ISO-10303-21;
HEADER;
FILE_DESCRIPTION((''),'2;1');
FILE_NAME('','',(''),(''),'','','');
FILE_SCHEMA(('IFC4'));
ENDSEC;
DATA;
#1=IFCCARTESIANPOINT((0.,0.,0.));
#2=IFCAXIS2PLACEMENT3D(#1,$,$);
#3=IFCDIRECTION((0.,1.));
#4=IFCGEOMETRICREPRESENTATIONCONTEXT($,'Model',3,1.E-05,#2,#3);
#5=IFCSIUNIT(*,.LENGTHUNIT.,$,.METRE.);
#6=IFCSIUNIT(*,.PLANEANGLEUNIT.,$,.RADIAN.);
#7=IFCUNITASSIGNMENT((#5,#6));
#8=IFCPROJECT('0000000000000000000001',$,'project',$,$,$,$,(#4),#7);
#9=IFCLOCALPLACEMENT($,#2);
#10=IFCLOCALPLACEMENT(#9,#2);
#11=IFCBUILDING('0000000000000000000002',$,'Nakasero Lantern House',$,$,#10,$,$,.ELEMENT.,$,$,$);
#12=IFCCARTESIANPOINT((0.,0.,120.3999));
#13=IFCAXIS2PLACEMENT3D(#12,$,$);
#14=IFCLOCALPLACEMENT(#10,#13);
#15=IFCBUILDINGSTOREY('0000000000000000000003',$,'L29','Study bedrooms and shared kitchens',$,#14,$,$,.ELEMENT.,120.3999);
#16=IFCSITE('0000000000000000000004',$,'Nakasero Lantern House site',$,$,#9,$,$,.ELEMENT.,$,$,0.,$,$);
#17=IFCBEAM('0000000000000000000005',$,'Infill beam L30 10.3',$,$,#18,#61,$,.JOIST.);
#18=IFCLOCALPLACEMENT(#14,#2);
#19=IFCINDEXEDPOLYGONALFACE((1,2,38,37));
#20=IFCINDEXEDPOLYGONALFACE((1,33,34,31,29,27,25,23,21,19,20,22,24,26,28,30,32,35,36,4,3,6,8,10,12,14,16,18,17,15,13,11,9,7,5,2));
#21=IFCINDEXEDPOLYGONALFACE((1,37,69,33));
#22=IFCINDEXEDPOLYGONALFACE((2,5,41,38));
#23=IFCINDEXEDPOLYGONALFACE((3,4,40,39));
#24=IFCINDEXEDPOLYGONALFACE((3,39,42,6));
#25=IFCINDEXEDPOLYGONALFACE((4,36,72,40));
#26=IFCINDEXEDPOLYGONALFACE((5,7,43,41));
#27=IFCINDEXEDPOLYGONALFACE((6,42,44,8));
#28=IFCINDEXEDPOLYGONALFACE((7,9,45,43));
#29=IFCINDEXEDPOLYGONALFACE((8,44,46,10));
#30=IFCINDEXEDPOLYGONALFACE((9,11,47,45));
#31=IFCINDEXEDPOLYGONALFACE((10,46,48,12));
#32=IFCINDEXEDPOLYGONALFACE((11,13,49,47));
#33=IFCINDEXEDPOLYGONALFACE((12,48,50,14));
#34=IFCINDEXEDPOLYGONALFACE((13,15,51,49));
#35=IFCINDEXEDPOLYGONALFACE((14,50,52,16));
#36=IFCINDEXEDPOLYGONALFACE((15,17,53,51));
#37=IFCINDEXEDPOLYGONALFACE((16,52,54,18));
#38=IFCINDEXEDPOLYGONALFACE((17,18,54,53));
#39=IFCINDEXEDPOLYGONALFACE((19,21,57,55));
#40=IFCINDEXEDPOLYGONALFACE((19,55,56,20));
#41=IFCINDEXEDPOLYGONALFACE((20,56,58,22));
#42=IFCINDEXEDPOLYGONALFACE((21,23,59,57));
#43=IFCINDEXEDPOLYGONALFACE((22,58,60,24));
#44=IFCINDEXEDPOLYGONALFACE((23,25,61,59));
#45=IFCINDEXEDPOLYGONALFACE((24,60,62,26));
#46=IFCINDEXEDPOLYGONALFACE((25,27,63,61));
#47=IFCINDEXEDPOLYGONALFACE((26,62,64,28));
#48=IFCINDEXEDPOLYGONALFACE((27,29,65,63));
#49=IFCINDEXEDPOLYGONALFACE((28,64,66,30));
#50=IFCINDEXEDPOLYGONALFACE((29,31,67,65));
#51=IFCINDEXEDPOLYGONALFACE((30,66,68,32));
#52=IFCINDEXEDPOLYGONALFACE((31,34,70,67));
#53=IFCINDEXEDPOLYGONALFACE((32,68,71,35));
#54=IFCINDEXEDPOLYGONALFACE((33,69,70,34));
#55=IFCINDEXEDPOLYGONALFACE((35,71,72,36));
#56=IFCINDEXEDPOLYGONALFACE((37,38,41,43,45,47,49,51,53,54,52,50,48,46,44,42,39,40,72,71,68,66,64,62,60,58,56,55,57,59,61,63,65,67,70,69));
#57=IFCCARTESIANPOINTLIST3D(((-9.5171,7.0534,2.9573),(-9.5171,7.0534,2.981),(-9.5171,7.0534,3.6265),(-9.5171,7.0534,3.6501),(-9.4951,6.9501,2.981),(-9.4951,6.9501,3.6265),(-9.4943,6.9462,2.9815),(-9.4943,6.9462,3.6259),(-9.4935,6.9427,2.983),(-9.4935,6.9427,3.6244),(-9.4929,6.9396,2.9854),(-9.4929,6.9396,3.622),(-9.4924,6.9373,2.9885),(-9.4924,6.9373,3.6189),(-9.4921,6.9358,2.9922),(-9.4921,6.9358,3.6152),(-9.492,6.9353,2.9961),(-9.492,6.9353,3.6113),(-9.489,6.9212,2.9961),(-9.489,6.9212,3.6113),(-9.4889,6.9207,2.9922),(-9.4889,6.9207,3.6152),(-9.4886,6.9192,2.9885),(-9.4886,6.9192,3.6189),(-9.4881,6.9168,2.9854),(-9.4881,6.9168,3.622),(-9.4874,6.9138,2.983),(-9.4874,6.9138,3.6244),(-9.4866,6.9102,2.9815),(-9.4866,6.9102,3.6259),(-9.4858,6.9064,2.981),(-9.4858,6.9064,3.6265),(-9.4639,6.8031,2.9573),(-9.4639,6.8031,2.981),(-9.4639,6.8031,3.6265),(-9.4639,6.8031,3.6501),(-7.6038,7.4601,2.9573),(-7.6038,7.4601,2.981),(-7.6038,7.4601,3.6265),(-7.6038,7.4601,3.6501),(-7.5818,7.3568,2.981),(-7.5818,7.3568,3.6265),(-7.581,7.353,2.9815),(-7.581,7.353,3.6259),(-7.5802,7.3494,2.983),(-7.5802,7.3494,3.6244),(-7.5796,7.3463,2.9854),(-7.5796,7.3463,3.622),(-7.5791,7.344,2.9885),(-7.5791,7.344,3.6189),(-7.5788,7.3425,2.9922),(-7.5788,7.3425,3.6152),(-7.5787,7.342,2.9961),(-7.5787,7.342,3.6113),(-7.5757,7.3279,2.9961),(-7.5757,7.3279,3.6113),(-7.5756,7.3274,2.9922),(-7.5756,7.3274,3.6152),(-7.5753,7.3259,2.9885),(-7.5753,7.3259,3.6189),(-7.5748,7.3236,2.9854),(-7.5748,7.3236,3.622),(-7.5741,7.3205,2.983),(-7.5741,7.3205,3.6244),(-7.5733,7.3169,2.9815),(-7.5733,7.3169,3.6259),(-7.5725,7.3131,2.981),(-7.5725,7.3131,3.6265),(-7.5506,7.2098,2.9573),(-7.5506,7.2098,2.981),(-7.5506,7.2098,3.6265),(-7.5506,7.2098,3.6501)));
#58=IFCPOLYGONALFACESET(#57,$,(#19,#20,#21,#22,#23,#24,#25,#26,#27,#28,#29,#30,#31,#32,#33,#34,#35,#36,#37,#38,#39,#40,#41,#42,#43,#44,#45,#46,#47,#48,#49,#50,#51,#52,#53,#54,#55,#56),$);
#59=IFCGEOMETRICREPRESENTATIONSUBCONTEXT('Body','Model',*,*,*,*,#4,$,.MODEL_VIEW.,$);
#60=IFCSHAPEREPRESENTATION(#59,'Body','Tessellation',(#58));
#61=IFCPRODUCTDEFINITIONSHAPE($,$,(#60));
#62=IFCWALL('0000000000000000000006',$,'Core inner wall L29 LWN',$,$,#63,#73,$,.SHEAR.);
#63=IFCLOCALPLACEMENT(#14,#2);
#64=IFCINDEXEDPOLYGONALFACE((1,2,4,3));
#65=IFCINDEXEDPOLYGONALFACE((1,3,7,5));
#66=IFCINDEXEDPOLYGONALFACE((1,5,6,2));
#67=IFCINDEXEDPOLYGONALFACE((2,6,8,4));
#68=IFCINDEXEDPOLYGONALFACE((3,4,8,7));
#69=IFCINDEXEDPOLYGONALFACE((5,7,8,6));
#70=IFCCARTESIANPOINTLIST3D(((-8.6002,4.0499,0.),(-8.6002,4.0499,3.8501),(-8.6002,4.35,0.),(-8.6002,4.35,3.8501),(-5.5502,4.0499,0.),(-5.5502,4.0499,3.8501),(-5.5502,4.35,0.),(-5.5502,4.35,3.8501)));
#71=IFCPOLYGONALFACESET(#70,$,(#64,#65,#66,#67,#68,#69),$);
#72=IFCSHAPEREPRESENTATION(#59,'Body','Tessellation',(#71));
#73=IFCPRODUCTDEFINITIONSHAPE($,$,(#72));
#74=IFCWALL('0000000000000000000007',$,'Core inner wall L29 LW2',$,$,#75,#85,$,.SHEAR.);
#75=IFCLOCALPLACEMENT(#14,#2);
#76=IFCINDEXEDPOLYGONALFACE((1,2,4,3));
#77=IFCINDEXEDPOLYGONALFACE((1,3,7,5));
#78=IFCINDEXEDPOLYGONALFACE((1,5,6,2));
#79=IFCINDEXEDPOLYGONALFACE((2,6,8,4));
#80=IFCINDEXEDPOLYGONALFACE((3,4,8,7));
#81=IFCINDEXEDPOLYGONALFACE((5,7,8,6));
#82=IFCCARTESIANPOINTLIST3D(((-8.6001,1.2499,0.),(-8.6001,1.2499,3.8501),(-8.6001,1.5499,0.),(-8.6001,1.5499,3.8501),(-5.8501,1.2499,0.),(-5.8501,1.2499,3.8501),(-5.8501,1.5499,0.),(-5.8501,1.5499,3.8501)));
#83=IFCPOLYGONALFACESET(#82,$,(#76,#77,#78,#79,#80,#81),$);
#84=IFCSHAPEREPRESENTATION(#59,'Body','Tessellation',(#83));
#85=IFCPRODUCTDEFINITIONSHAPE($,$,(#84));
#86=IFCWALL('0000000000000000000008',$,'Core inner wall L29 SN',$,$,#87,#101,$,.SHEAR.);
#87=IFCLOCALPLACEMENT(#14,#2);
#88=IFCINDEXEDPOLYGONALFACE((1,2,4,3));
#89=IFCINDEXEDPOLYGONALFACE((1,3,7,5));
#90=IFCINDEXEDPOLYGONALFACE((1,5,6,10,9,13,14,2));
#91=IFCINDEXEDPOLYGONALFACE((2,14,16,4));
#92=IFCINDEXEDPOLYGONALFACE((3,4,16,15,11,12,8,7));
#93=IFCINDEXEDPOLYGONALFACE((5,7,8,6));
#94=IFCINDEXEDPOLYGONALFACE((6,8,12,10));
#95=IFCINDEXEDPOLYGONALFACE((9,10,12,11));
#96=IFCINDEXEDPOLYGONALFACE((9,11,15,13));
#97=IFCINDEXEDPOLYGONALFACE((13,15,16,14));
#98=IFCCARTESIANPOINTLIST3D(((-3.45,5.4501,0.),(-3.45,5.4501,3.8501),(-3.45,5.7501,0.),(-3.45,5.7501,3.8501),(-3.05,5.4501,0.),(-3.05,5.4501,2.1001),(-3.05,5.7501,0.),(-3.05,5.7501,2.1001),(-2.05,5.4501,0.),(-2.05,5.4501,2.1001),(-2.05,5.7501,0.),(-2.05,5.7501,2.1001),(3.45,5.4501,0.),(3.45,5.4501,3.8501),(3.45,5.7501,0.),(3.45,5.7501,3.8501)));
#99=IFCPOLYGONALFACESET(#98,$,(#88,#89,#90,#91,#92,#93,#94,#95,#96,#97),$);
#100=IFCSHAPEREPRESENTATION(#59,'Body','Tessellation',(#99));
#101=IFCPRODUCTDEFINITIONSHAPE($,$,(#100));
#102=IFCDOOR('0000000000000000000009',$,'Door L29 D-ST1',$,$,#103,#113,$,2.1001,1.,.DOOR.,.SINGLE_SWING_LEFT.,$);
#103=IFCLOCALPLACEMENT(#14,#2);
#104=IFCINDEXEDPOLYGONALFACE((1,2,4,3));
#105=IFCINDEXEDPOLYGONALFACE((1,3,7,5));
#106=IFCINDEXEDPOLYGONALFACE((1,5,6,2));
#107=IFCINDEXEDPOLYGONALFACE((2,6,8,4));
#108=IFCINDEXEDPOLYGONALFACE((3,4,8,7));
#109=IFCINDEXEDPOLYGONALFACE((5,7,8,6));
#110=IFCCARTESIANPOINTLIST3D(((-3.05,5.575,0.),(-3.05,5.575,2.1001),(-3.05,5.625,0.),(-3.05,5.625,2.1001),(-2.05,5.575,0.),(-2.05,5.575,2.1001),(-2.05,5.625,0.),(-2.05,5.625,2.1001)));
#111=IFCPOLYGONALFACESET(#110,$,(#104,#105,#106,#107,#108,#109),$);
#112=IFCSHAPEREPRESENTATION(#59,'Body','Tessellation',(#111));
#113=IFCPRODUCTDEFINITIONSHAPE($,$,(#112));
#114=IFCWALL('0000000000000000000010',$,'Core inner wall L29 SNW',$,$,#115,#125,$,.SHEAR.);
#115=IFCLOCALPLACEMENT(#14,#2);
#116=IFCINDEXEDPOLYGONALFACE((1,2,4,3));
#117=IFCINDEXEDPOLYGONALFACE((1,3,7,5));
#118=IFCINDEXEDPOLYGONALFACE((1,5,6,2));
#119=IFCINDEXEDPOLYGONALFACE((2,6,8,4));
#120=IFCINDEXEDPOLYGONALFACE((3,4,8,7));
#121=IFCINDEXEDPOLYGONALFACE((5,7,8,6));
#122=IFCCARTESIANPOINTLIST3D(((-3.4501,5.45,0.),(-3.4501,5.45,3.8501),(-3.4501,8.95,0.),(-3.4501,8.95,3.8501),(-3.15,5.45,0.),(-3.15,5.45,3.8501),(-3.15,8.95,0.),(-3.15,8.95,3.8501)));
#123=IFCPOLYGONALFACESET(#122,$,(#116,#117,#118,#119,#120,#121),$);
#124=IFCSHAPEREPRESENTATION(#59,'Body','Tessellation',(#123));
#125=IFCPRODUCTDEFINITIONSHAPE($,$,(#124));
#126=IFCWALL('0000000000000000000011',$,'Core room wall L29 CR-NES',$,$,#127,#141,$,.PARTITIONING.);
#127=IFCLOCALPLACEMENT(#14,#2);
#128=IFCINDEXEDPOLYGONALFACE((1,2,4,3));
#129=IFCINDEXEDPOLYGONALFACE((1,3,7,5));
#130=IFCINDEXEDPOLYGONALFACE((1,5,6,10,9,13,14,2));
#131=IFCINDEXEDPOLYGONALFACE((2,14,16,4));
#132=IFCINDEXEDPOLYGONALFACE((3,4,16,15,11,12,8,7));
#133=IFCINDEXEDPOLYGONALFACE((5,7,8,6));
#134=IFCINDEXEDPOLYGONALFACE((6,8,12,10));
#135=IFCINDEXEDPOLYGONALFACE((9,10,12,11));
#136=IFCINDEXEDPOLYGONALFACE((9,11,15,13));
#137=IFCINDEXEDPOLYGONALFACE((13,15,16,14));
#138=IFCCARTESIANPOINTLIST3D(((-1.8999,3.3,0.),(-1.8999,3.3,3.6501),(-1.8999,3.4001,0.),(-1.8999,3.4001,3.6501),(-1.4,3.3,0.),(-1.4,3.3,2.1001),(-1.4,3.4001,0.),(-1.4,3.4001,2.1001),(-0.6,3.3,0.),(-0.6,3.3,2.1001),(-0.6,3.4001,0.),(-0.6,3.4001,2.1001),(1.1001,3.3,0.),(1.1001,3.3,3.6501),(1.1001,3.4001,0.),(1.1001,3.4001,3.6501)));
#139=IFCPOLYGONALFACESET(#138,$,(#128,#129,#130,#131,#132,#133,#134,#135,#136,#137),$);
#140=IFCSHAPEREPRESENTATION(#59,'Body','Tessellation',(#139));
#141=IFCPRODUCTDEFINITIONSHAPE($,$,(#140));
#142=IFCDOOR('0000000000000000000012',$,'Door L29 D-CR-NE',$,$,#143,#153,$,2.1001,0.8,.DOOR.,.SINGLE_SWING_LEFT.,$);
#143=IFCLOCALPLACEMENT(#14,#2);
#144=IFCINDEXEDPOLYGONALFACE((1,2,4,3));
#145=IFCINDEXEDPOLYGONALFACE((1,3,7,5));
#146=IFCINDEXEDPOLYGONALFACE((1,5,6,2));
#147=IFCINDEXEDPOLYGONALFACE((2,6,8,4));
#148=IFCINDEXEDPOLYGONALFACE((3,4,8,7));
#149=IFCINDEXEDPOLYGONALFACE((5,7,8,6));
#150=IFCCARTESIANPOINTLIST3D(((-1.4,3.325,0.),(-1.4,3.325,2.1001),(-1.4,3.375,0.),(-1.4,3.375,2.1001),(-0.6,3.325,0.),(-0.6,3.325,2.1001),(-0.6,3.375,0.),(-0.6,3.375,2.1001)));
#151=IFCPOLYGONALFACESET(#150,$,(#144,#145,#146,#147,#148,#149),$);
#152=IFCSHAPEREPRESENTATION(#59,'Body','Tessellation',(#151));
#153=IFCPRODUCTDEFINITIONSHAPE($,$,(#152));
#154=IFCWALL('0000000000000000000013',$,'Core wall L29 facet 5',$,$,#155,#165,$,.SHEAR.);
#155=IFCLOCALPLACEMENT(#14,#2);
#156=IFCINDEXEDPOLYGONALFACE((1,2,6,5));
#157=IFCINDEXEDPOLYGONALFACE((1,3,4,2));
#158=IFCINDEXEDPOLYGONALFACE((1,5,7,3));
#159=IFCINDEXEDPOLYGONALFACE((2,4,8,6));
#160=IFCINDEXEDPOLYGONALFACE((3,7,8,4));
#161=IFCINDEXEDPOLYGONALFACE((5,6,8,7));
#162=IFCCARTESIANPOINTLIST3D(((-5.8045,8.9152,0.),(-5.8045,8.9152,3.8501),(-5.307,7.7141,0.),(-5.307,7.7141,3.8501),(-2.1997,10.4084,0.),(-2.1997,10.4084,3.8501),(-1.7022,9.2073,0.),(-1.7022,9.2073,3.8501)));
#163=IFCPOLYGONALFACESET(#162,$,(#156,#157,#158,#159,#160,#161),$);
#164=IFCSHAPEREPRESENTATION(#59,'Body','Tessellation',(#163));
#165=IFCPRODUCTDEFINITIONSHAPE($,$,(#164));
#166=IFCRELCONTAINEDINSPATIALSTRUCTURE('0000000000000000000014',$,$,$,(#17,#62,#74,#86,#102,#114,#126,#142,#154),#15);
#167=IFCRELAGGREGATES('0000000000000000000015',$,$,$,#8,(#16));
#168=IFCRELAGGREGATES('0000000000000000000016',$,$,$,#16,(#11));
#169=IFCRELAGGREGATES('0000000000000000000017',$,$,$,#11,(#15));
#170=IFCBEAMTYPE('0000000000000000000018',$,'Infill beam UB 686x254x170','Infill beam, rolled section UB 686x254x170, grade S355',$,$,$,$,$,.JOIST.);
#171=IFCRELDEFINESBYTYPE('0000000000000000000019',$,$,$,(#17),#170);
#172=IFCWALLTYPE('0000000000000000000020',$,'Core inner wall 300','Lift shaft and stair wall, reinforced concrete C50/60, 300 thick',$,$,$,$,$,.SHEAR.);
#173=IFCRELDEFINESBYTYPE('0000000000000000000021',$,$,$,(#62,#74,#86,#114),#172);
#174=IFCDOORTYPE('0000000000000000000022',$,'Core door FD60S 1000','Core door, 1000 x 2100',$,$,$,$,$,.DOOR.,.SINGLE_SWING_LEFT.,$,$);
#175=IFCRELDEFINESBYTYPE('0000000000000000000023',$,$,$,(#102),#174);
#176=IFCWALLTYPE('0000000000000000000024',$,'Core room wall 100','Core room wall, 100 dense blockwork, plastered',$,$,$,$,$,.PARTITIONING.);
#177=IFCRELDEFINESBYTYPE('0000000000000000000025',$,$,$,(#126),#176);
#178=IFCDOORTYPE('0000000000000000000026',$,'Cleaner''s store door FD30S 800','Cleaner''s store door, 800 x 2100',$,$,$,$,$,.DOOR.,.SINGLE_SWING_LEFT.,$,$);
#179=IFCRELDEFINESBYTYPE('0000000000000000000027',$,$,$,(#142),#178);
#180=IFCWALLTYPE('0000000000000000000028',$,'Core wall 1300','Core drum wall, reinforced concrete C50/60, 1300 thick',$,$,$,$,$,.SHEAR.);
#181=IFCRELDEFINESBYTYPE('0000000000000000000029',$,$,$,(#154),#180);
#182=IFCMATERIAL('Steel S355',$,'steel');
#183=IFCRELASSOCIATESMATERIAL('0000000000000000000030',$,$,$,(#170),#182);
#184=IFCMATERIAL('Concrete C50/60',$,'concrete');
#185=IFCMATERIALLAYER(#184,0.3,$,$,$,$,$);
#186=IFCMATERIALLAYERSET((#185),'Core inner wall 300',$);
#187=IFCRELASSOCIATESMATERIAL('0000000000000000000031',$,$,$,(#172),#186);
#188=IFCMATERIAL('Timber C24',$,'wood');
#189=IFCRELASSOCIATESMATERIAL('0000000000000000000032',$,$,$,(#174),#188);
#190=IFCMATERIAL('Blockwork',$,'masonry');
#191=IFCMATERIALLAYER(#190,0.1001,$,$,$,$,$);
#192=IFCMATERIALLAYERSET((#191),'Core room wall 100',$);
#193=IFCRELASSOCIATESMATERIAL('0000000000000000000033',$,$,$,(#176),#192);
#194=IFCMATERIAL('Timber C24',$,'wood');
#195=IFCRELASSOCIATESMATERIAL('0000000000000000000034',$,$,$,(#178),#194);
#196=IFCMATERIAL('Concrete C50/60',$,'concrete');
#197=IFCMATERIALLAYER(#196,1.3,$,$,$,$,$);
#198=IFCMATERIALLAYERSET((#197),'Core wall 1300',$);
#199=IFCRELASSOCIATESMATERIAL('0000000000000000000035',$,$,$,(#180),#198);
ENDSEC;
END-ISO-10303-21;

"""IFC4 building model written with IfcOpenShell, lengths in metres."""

from ifc_helpers import new_model, si_unit, direction, frame, frame_2d, origin, origin_2d, place, context, subcontext, project, spatial, rectangle, i_section, extrude, material, layer, layer_set, material_profile, profile_set, type_object, element, fill, save


model = new_model("IFC4")

# Units and contexts
model_context = context("Model", 3, precision=1e-05, world=origin(), true_north=direction((0.0, 1.0)))
body_context = subcontext(model_context, "Body", "Model", "MODEL_VIEW")
ifc_project = project(units=[si_unit("LENGTHUNIT", "METRE"), si_unit("PLANEANGLEUNIT", "RADIAN")], contexts=[model_context])

# Site, building, storey
site_placement = place(None, origin())
site = spatial("IfcSite", under=ifc_project, at=site_placement, Name="Nakasero Lantern House site", CompositionType="ELEMENT", RefElevation=0.0)
building_placement = place(site_placement, origin())
building = spatial("IfcBuilding", under=site, at=building_placement, Name="Nakasero Lantern House", CompositionType="ELEMENT")
storey_placement = place(building_placement, frame((0.0, 0.0, 120.3999)))
storey = spatial("IfcBuildingStorey", under=building, at=storey_placement, Name="L29", Description="Study bedrooms and shared kitchens", CompositionType="ELEMENT", Elevation=120.3999)

# Beam
ifc_material_1 = material(Name="Steel S355", Category="steel")
ifc_material_profile_1 = material_profile(ifc_material_1, i_section(OverallWidth=0.2559, OverallDepth=0.6929, WebThickness=0.0144, FlangeThickness=0.0237, FilletRadius=0.0151, at=origin_2d()), Name="UB 686x254x170")
ifc_profile_set_1 = profile_set([ifc_material_profile_1], Name="Steel S355")
beam_type_1 = type_object("IfcBeamType", Name="Infill beam UB 686x254x170", Description="Infill beam, rolled section UB 686x254x170, grade S355", PredefinedType="JOIST", material=ifc_profile_set_1)
beam_1_placement = place(storey_placement, frame((-9.4905, 6.9282, 3.3037), z_axis=(0.978143, 0.207935, 0.0), x_axis=(-0.207935, 0.978143, 0.0)))
element("IfcBeam", 1, at=beam_1_placement, inside=storey, type_object=beam_type_1, Name="Infill beam L30 10.3", PredefinedType="JOIST", context=body_context, shape_type="SweptSolid", body=[
    extrude(i_section(OverallWidth=0.2559, OverallDepth=0.6929, WebThickness=0.0144, FlangeThickness=0.0237, FilletRadius=0.0151, at=origin_2d()), origin(), (0.0, 0.0, 1.0), 1.9561),
])

# Walls
ifc_material_2 = material(Name="Concrete C50/60", Category="concrete")
ifc_layer_1 = layer(ifc_material_2, 0.3)
ifc_layer_set_1 = layer_set([ifc_layer_1], Name="Core inner wall 300")
wall_type_1 = type_object("IfcWallType", Name="Core inner wall 300", Description="Lift shaft and stair wall, reinforced concrete C50/60, 300 thick", PredefinedType="SHEAR", material=ifc_layer_set_1)
wall_1_placement = place(storey_placement, frame((-8.6001, 4.2, 0.0), z_axis=(0.0, 0.0, 1.0), x_axis=(1.0, 0.0, 0.0)))
element("IfcWall", 2, at=wall_1_placement, inside=storey, type_object=wall_type_1, Name="Core inner wall L29 LWN", PredefinedType="SHEAR", context=body_context, shape_type="SweptSolid", body=[
    extrude(rectangle(XDim=3.05, YDim=0.3, at=frame_2d((1.5249, 0.0))), origin(), (0.0, 0.0, 1.0), 3.8501),
])
wall_2_placement = place(storey_placement, frame((-8.6001, 1.3999, 0.0), z_axis=(0.0, 0.0, 1.0), x_axis=(1.0, 0.0, 0.0)))
element("IfcWall", 3, at=wall_2_placement, inside=storey, type_object=wall_type_1, Name="Core inner wall L29 LW2", PredefinedType="SHEAR", context=body_context, shape_type="SweptSolid", body=[
    extrude(rectangle(XDim=2.75, YDim=0.3, at=frame_2d((1.375, 0.0))), origin(), (0.0, 0.0, 1.0), 3.8501),
])

# Wall, opening, door
wall_3_placement = place(storey_placement, frame((-3.45, 5.6001, 0.0), z_axis=(0.0, 0.0, 1.0), x_axis=(1.0, 0.0, 0.0)))
wall_3 = element("IfcWall", 4, at=wall_3_placement, inside=storey, type_object=wall_type_1, Name="Core inner wall L29 SN", PredefinedType="SHEAR", context=body_context, shape_type="SweptSolid", body=[
    extrude(rectangle(XDim=6.8999, YDim=0.3, at=frame_2d((3.45, 0.0))), origin(), (0.0, 0.0, 1.0), 3.8501),
])
opening_1_placement = place(wall_3_placement, frame((0.3999, 0.0, 0.0)))
opening_1 = element("IfcOpeningElement", 5, at=opening_1_placement, cuts=wall_3, PredefinedType="OPENING", context=body_context, shape_type="SweptSolid", body=[
    extrude(rectangle(XDim=1.0, YDim=2.1001, at=frame_2d((0.5, 1.05))), frame((0.0, 0.1699, 0.0), z_axis=(0.0, -1.0, 0.0), x_axis=(1.0, 0.0, 0.0)), (0.0, 0.0, 1.0), 0.3401),
])
ifc_material_3 = material(Name="Timber C24", Category="wood")
door_type_1 = type_object("IfcDoorType", Name="Core door FD60S 1000", Description="Core door, 1000 x 2100", OperationType="SINGLE_SWING_LEFT", PredefinedType="DOOR", material=ifc_material_3)
door_1_placement = place(opening_1_placement, origin())
door_1 = element("IfcDoor", 6, at=door_1_placement, inside=storey, type_object=door_type_1, Name="Door L29 D-ST1", OperationType="SINGLE_SWING_LEFT", OverallHeight=2.1001, OverallWidth=1.0, PredefinedType="DOOR", context=body_context, shape_type="SweptSolid", body=[
    extrude(rectangle(XDim=1.0, YDim=2.1001, at=frame_2d((0.5, 1.05))), frame((0.0, 0.0249, 0.0), z_axis=(0.0, -1.0, 0.0), x_axis=(1.0, 0.0, 0.0)), (0.0, 0.0, 1.0), 0.05),
])
fill(opening_1, door_1)

# Wall
wall_4_placement = place(storey_placement, frame((-3.3, 5.45, 0.0), z_axis=(0.0, 0.0, 1.0), x_axis=(0.0, 1.0, 0.0)))
element("IfcWall", 7, at=wall_4_placement, inside=storey, type_object=wall_type_1, Name="Core inner wall L29 SNW", PredefinedType="SHEAR", context=body_context, shape_type="SweptSolid", body=[
    extrude(rectangle(XDim=3.5, YDim=0.3, at=frame_2d((1.75, 0.0))), origin(), (0.0, 0.0, 1.0), 3.8501),
])

# Wall, opening, door
ifc_material_4 = material(Name="Blockwork", Category="masonry")
ifc_layer_2 = layer(ifc_material_4, 0.1001)
ifc_layer_set_2 = layer_set([ifc_layer_2], Name="Core room wall 100")
wall_type_2 = type_object("IfcWallType", Name="Core room wall 100", Description="Core room wall, 100 dense blockwork, plastered", PredefinedType="PARTITIONING", material=ifc_layer_set_2)
wall_5_placement = place(storey_placement, frame((-1.8999, 3.3501, 0.0), z_axis=(0.0, 0.0, 1.0), x_axis=(1.0, 0.0, 0.0)))
wall_5 = element("IfcWall", 8, at=wall_5_placement, inside=storey, type_object=wall_type_2, Name="Core room wall L29 CR-NES", PredefinedType="PARTITIONING", context=body_context, shape_type="SweptSolid", body=[
    extrude(rectangle(XDim=3.0, YDim=0.1001, at=frame_2d((1.5, 0.0))), origin(), (0.0, 0.0, 1.0), 3.6501),
])
opening_2_placement = place(wall_5_placement, frame((0.5, 0.0, 0.0)))
opening_2 = element("IfcOpeningElement", 9, at=opening_2_placement, cuts=wall_5, PredefinedType="OPENING", context=body_context, shape_type="SweptSolid", body=[
    extrude(rectangle(XDim=0.8, YDim=2.1001, at=frame_2d((0.3999, 1.05))), frame((0.0, 0.0701, 0.0), z_axis=(0.0, -1.0, 0.0), x_axis=(1.0, 0.0, 0.0)), (0.0, 0.0, 1.0), 0.1401),
])
ifc_material_5 = material(Name="Timber C24", Category="wood")
door_type_2 = type_object("IfcDoorType", Name="Cleaner's store door FD30S 800", Description="Cleaner's store door, 800 x 2100", OperationType="SINGLE_SWING_LEFT", PredefinedType="DOOR", material=ifc_material_5)
door_2_placement = place(opening_2_placement, origin())
door_2 = element("IfcDoor", 10, at=door_2_placement, inside=storey, type_object=door_type_2, Name="Door L29 D-CR-NE", OperationType="SINGLE_SWING_LEFT", OverallHeight=2.1001, OverallWidth=0.8, PredefinedType="DOOR", context=body_context, shape_type="SweptSolid", body=[
    extrude(rectangle(XDim=0.8, YDim=2.1001, at=frame_2d((0.3999, 1.05))), frame((0.0, 0.0249, 0.0), z_axis=(0.0, -1.0, 0.0), x_axis=(1.0, 0.0, 0.0)), (0.0, 0.0, 1.0), 0.05),
])
fill(opening_2, door_2)

# Wall
ifc_material_6 = material(Name="Concrete C50/60", Category="concrete")
ifc_layer_3 = layer(ifc_material_6, 1.3)
ifc_layer_set_3 = layer_set([ifc_layer_3], Name="Core wall 1300")
wall_type_3 = type_object("IfcWallType", Name="Core wall 1300", Description="Core drum wall, reinforced concrete C50/60, 1300 thick", PredefinedType="SHEAR", material=ifc_layer_set_3)
wall_6_placement = place(storey_placement, frame((-1.9509, 9.8079, 0.0), z_axis=(0.0, 0.0, 1.0), x_axis=(-0.923877, -0.382691, 0.0)))
element("IfcWall", 11, at=wall_6_placement, inside=storey, type_object=wall_type_3, Name="Core wall L29 facet 5", PredefinedType="SHEAR", context=body_context, shape_type="SweptSolid", body=[
    extrude(rectangle(XDim=3.9019, YDim=1.3, at=frame_2d((1.9509, 0.0))), origin(), (0.0, 0.0, 1.0), 3.8501),
])

save(model, "model.ifc")
